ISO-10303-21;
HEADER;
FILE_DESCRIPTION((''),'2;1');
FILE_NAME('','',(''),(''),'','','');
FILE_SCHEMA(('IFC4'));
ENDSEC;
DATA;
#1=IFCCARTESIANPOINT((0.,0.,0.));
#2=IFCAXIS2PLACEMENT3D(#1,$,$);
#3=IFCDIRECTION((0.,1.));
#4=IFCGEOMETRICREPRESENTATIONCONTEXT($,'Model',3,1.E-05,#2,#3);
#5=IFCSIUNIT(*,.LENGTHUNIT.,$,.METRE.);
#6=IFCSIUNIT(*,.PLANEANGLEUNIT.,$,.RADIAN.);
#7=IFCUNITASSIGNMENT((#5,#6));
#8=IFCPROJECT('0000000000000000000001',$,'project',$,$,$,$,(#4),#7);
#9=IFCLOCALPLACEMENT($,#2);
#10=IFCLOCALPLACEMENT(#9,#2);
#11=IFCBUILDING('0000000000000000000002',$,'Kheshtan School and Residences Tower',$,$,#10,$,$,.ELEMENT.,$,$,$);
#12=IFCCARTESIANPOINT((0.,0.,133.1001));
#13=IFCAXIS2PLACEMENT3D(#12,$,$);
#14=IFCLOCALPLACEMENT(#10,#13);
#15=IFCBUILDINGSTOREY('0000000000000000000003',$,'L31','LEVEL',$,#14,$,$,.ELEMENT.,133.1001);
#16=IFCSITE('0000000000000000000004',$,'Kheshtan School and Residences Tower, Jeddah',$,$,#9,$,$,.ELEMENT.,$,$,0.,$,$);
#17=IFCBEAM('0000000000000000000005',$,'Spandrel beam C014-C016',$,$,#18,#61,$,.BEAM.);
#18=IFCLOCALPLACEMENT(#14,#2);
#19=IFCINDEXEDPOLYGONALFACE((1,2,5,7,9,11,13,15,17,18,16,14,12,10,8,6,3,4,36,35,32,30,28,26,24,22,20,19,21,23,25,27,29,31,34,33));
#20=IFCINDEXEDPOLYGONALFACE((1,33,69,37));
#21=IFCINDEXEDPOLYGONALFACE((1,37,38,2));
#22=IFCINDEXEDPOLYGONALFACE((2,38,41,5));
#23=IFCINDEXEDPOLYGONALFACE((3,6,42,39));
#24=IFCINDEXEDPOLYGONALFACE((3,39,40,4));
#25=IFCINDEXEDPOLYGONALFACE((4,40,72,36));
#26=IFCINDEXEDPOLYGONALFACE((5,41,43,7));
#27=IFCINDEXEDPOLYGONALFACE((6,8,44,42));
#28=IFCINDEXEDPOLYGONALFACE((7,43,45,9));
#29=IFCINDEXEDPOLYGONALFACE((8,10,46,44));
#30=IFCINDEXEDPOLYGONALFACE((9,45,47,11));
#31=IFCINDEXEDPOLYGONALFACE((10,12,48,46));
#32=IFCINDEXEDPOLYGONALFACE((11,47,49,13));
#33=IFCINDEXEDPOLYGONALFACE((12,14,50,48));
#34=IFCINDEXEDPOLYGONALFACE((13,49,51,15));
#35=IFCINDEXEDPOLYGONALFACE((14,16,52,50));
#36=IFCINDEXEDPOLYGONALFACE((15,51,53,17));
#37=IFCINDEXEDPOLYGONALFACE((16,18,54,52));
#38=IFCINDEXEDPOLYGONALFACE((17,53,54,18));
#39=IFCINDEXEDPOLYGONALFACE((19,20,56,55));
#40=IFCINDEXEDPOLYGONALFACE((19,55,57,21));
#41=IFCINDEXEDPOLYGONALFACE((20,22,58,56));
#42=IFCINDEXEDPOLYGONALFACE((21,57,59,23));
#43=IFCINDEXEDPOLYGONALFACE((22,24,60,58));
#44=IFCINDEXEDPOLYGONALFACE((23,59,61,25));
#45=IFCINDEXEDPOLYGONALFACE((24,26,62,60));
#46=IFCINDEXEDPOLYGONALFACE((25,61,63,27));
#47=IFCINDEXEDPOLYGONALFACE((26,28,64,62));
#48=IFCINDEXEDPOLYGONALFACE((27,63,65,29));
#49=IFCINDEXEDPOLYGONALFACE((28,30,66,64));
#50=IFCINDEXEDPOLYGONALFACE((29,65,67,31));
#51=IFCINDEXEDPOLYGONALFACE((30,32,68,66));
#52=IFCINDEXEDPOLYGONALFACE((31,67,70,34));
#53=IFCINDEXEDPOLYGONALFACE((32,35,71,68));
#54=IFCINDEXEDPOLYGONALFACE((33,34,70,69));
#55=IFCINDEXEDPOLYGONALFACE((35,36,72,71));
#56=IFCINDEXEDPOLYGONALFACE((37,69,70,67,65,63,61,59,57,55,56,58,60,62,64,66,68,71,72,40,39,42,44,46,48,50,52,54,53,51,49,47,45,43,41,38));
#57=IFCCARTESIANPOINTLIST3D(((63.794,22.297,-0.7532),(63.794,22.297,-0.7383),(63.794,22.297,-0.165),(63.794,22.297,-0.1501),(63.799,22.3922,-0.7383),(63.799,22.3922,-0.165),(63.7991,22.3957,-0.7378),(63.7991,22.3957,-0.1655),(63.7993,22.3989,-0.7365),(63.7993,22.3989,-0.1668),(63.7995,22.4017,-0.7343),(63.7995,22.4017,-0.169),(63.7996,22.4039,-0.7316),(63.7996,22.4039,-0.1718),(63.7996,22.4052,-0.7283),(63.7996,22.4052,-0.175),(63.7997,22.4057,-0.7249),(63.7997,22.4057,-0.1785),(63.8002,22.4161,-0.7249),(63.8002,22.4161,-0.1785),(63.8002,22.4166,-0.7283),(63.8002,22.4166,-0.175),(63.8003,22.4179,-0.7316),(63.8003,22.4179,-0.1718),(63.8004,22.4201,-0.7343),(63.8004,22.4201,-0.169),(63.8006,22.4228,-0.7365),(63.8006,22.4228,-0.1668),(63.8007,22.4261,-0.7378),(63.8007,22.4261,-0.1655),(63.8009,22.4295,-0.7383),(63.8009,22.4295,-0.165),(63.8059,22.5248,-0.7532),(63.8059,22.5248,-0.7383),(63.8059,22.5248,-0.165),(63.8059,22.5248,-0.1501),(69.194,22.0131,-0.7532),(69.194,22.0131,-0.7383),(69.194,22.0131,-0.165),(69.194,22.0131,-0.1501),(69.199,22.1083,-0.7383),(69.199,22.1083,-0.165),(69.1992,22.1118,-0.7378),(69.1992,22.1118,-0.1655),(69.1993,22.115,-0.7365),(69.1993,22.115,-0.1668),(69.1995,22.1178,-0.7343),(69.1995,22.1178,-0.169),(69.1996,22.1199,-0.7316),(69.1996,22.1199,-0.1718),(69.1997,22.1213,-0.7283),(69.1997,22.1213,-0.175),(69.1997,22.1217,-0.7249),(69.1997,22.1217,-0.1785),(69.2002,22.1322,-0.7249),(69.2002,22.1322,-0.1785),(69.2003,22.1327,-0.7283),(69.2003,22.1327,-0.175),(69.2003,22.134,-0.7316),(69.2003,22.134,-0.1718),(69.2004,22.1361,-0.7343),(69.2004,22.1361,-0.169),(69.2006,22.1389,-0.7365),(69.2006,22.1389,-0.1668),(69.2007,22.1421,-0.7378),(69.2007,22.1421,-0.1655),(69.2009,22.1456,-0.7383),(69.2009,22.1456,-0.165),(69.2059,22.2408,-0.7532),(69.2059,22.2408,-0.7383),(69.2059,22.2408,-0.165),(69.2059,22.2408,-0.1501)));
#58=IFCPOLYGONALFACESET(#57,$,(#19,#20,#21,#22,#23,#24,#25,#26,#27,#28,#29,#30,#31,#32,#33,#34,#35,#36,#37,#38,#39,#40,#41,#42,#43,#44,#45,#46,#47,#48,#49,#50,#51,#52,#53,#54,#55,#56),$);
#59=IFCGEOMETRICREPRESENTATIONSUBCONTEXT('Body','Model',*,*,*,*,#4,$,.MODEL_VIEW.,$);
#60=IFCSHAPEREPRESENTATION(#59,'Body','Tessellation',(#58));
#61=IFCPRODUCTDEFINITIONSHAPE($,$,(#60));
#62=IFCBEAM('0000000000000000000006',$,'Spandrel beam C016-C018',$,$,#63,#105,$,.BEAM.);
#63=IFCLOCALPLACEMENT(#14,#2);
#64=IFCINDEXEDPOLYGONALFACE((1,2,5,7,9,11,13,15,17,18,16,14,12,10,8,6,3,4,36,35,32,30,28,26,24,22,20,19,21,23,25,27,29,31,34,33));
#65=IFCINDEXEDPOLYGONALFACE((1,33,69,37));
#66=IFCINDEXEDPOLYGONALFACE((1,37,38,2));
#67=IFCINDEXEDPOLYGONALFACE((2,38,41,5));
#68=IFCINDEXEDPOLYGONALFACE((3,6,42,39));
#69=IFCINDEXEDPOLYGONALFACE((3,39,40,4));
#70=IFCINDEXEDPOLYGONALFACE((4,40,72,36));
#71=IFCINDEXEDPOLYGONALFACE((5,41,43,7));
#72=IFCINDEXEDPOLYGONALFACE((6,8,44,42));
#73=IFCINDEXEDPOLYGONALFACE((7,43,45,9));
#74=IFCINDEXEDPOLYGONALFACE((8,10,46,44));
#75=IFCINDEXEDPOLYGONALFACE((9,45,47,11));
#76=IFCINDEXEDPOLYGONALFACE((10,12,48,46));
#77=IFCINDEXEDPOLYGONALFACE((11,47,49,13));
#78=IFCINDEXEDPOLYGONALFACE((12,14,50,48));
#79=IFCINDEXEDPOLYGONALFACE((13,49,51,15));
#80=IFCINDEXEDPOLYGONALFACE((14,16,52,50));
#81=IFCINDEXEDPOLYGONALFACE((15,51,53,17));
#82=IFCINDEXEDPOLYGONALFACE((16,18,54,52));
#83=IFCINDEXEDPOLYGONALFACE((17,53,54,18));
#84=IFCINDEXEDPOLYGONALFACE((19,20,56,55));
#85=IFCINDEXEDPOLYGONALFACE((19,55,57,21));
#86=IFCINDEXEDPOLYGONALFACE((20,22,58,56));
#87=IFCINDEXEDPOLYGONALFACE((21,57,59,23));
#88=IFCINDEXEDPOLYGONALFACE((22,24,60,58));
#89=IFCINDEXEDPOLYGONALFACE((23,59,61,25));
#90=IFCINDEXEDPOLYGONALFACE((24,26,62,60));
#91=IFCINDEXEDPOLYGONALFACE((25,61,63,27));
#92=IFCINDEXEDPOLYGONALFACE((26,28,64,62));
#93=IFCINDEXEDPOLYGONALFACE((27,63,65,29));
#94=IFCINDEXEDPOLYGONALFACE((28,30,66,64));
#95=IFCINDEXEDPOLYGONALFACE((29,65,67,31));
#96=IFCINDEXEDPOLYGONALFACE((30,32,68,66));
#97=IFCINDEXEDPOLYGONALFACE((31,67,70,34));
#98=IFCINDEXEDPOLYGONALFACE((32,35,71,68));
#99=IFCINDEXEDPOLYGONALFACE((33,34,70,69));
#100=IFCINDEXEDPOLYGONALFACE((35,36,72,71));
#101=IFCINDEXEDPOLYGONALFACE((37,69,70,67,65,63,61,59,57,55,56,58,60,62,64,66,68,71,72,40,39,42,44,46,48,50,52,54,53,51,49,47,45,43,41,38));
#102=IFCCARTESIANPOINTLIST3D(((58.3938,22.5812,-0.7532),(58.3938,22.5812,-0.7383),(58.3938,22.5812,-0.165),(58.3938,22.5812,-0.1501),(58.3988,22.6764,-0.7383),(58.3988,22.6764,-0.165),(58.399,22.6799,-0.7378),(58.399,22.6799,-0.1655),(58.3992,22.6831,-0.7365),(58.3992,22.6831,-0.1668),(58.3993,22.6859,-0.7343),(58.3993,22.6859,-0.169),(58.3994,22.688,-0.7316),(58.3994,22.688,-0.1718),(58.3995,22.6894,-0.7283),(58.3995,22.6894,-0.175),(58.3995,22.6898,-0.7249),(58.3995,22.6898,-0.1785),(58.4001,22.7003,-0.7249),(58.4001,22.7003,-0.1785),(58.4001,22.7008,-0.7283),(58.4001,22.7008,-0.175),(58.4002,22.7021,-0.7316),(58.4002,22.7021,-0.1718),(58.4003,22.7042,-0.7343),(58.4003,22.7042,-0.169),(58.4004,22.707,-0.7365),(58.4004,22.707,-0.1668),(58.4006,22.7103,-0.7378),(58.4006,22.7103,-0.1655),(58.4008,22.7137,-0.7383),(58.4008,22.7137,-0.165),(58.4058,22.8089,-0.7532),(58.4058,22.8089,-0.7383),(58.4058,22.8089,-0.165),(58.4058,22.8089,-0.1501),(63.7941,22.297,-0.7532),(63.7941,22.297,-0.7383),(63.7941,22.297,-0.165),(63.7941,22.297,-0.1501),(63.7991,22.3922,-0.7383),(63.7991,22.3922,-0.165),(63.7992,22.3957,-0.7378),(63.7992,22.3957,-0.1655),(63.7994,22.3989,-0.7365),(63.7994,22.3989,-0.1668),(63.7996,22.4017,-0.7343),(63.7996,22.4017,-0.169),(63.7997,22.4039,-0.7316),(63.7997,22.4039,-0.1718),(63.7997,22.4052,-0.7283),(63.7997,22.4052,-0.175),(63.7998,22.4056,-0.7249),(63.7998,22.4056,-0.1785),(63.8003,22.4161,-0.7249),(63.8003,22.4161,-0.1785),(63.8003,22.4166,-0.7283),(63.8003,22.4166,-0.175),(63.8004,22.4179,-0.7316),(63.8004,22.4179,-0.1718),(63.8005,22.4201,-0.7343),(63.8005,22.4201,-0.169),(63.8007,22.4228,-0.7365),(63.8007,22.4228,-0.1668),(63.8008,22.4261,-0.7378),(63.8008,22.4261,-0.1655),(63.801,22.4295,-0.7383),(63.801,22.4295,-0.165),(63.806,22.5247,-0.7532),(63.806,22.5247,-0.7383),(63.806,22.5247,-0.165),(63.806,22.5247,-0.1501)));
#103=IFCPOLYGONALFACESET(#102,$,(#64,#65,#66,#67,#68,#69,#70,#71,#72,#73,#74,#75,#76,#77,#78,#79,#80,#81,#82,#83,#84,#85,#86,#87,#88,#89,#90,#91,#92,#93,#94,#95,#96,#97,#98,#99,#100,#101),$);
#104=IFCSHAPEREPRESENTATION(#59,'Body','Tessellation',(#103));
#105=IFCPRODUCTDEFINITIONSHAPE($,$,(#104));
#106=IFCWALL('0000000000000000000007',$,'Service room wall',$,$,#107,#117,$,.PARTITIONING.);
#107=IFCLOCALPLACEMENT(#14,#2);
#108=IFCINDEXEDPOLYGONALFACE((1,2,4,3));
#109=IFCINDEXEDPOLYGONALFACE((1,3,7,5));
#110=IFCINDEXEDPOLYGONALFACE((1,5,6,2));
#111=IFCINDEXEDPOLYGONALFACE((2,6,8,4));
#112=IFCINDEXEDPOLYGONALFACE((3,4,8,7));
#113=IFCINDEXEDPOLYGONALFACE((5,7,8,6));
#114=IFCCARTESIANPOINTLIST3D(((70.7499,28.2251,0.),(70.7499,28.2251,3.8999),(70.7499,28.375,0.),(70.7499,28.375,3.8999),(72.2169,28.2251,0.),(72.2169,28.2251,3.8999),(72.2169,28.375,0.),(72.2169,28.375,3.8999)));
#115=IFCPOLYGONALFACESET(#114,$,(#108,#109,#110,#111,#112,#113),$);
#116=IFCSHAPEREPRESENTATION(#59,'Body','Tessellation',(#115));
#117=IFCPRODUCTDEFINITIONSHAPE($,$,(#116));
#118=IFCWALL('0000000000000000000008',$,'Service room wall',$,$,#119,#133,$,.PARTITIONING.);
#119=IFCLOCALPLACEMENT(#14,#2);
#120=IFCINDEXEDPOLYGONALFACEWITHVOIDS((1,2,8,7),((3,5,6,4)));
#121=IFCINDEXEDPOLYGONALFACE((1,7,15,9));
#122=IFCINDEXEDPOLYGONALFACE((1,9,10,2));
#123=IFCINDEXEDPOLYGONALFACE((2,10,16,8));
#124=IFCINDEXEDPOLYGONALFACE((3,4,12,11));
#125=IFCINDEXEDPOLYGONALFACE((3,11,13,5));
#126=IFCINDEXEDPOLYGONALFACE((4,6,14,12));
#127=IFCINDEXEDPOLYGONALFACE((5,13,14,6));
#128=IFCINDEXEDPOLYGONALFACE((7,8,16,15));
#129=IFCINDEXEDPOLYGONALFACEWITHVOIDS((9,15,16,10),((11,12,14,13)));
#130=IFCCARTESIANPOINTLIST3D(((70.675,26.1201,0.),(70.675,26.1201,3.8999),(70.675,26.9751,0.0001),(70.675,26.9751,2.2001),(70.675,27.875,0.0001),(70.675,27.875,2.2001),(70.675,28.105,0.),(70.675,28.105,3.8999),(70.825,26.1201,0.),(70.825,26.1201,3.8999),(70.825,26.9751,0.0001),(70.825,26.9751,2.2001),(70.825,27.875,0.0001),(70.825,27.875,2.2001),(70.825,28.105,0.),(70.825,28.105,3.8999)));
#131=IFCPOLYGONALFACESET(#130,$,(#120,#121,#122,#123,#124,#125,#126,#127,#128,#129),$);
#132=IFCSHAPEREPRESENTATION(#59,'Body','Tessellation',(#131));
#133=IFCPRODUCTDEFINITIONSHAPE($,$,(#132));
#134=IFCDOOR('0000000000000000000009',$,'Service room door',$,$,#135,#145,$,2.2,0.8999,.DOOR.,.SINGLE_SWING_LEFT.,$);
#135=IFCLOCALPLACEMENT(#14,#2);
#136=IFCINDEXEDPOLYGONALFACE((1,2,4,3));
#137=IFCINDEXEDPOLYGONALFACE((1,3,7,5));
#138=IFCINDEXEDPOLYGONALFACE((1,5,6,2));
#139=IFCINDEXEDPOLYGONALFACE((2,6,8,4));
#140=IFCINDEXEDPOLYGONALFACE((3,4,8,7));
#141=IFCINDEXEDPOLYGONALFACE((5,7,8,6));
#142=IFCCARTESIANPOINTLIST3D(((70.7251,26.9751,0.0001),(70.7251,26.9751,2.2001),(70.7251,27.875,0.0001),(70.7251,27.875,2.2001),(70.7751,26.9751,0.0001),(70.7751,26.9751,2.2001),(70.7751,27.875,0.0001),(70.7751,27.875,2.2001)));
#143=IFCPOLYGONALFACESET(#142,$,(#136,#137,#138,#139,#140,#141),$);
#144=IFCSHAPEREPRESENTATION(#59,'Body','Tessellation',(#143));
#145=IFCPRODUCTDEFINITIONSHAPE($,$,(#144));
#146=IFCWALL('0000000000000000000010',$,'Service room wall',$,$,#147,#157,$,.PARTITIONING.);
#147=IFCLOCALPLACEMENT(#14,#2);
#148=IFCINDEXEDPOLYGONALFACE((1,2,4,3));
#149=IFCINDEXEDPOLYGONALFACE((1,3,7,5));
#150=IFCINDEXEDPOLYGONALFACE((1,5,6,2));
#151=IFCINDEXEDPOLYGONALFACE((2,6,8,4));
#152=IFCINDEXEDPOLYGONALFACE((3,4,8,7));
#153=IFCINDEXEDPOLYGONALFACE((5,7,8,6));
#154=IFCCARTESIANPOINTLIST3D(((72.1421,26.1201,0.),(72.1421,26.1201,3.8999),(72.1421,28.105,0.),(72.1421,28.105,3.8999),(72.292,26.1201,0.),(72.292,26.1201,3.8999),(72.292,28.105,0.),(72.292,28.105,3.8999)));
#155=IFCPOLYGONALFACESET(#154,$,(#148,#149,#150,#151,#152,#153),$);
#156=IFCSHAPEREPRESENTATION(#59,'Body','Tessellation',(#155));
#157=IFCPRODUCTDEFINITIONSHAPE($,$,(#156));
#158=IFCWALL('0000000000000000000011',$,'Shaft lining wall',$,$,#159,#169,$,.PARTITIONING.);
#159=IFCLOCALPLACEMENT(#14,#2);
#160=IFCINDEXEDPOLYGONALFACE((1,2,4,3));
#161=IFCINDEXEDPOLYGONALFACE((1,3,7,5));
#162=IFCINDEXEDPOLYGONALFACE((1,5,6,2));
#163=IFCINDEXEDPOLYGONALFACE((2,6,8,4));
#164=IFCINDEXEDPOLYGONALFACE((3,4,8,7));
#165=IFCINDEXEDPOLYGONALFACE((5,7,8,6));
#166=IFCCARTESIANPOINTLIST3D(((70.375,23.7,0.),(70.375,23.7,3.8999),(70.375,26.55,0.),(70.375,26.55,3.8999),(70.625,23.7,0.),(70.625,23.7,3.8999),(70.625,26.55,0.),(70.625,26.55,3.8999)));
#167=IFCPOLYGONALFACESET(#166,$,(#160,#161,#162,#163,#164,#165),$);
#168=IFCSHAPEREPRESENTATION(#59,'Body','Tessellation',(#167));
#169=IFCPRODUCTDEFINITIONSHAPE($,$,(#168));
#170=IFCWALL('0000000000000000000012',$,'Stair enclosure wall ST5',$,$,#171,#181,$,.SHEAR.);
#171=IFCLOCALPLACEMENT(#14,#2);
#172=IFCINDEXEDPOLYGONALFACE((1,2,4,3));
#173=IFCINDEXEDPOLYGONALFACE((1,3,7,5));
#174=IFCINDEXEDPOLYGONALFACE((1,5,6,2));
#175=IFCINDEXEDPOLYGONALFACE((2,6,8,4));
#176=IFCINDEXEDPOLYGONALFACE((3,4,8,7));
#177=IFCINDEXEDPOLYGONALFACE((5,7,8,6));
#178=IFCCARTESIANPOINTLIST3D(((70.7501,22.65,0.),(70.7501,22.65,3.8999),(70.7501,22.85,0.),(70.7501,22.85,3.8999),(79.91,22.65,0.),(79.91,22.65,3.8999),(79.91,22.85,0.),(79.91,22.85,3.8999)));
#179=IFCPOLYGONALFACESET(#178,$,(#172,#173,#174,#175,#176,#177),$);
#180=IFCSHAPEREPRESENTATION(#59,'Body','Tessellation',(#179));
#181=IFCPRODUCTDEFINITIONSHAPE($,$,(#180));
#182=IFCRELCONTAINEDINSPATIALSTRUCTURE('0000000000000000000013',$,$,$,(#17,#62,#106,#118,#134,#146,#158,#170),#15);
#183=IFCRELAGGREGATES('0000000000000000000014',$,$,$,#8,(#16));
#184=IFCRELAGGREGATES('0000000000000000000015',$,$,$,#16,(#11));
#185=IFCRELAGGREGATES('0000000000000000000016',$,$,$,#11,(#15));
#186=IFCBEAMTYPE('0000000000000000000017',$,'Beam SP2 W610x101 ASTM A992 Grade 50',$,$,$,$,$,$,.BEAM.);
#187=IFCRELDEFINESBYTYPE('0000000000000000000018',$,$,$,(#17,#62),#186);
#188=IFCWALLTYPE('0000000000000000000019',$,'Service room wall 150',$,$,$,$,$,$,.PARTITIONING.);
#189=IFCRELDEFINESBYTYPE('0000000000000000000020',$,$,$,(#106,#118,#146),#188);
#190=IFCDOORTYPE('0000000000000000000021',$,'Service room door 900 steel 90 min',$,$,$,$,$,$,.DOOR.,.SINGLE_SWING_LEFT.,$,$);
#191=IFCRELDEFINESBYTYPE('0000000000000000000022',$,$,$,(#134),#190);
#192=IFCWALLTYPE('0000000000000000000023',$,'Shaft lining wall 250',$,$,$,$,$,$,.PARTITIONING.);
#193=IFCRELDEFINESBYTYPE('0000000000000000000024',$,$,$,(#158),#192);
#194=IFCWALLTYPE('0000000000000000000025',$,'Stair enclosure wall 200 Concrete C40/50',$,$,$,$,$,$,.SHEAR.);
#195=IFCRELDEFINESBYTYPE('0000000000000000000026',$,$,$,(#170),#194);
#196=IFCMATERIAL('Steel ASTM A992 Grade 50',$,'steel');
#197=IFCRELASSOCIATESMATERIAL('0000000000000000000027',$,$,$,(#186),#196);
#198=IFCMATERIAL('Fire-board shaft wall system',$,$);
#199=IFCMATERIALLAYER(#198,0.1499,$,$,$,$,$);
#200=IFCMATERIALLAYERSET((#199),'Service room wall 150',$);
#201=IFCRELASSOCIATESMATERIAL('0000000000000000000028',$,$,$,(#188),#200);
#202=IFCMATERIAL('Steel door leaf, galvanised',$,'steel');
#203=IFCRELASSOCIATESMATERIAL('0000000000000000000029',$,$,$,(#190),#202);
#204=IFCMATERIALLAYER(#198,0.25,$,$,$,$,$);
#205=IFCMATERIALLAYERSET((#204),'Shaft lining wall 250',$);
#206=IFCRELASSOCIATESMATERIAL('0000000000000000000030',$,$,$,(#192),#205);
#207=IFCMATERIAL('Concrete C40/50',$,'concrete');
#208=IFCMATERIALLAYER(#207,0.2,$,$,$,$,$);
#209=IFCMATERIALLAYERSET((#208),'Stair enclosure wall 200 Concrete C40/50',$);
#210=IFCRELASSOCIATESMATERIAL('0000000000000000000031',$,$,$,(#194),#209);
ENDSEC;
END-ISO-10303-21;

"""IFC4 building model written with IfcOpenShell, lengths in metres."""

from ifc_helpers import new_model, si_unit, direction, frame, frame_2d, origin, origin_2d, place, context, subcontext, project, spatial, rectangle, i_section, extrude, source, transform, mapped, material, layer, layer_set, material_profile, profile_set, type_object, element, fill, save


model = new_model("IFC4")

# Units and contexts
model_context = context("Model", 3, precision=1e-05, world=origin(), true_north=direction((0.0, 1.0)))
body_context = subcontext(model_context, "Body", "Model", "MODEL_VIEW")
ifc_project = project(units=[si_unit("LENGTHUNIT", "METRE"), si_unit("PLANEANGLEUNIT", "RADIAN")], contexts=[model_context])

# Site, building, storey
site_placement = place(None, origin())
site = spatial("IfcSite", under=ifc_project, at=site_placement, Name="Kheshtan School and Residences Tower, Jeddah", CompositionType="ELEMENT", RefElevation=0.0)
building_placement = place(site_placement, origin())
building = spatial("IfcBuilding", under=site, at=building_placement, Name="Kheshtan School and Residences Tower", CompositionType="ELEMENT")
storey_placement = place(building_placement, frame((0.0, 0.0, 133.1001)))
storey = spatial("IfcBuildingStorey", under=building, at=storey_placement, Name="L31", Description="LEVEL", CompositionType="ELEMENT", Elevation=133.1001)

# Shared definitions
ifc_material_1 = material(Name="Steel ASTM A992 Grade 50", Category="steel")

# Beams
ifc_material_profile_1 = material_profile(ifc_material_1, i_section(OverallWidth=0.228, OverallDepth=0.603, WebThickness=0.0105, FlangeThickness=0.0149, FilletRadius=0.0134, at=origin_2d()), Name="W610x101")
ifc_profile_set_1 = profile_set([ifc_material_profile_1], Name="Steel ASTM A992 Grade 50")
beam_type_1 = type_object("IfcBeamType", Name="Beam SP2 W610x101 ASTM A992 Grade 50", PredefinedType="BEAM", material=ifc_profile_set_1)
beam_1_placement = place(storey_placement, frame((69.2, 22.127, -0.4517), z_axis=(-0.99862, 0.052509, 0.0), x_axis=(-0.052509, -0.99862, 0.0)))
element("IfcBeam", 1, at=beam_1_placement, inside=storey, type_object=beam_type_1, Name="Spandrel beam C014-C016", PredefinedType="BEAM", context=body_context, shape_type="SweptSolid", body=[
    extrude(i_section(OverallWidth=0.228, OverallDepth=0.603, WebThickness=0.0105, FlangeThickness=0.0149, FilletRadius=0.0134, at=origin_2d()), origin(), (0.0, 0.0, 1.0), 5.4075),
])
beam_2_placement = place(storey_placement, frame((63.8, 22.4109, -0.4517), z_axis=(-0.998618, 0.052552, 0.0), x_axis=(-0.052552, -0.998618, 0.0)))
element("IfcBeam", 2, at=beam_2_placement, inside=storey, type_object=beam_type_1, Name="Spandrel beam C016-C018", PredefinedType="BEAM", context=body_context, shape_type="SweptSolid", body=[
    extrude(i_section(OverallWidth=0.228, OverallDepth=0.603, WebThickness=0.0105, FlangeThickness=0.0149, FilletRadius=0.0134, at=origin_2d()), origin(), (0.0, 0.0, 1.0), 5.4077),
])

# Wall
ifc_material_2 = material(Name="Fire-board shaft wall system")
ifc_layer_1 = layer(ifc_material_2, 0.1499)
ifc_layer_set_1 = layer_set([ifc_layer_1], Name="Service room wall 150")
wall_type_1 = type_object("IfcWallType", Name="Service room wall 150", PredefinedType="PARTITIONING", material=ifc_layer_set_1)
wall_1_placement = place(storey_placement, frame((70.75, 28.3, 0.0), z_axis=(0.0, 0.0, 1.0), x_axis=(1.0, 0.0, 0.0)))
element("IfcWall", 3, at=wall_1_placement, inside=storey, type_object=wall_type_1, Name="Service room wall", PredefinedType="PARTITIONING", context=body_context, shape_type="SweptSolid", body=[
    extrude(rectangle(XDim=1.467, YDim=0.1499, at=frame_2d((0.7334, 0.0))), origin(), (0.0, 0.0, 1.0), 3.8999),
])

# Wall, opening, door
wall_2_placement = place(storey_placement, frame((70.75, 26.1201, 0.0), z_axis=(0.0, 0.0, 1.0), x_axis=(0.0, 1.0, 0.0)))
wall_2 = element("IfcWall", 4, at=wall_2_placement, inside=storey, type_object=wall_type_1, Name="Service room wall", PredefinedType="PARTITIONING", context=body_context, shape_type="SweptSolid", body=[
    extrude(rectangle(XDim=1.9849, YDim=0.1499, at=frame_2d((0.9924, 0.0))), origin(), (0.0, 0.0, 1.0), 3.8999),
])
opening_1_placement = place(wall_2_placement, frame((0.855, 0.0, 0.0)))
opening_1 = element("IfcOpeningElement", 5, at=opening_1_placement, cuts=wall_2, PredefinedType="OPENING", context=body_context, shape_type="SweptSolid", body=[
    extrude(rectangle(XDim=0.8999, YDim=2.2, at=frame_2d((0.45, 1.1001))), frame((0.0, 0.085, 0.0), z_axis=(0.0, -1.0, 0.0), x_axis=(1.0, 0.0, 0.0)), (0.0, 0.0, 1.0), 0.1699),
])
ifc_material_3 = material(Name="Steel door leaf, galvanised", Category="steel")
door_type_1 = type_object("IfcDoorType", Name="Service room door 900 steel 90 min", OperationType="SINGLE_SWING_LEFT", PredefinedType="DOOR", material=ifc_material_3)
shared_shape_1 = source(origin(), body_context, "Body", "SweptSolid", [
    extrude(rectangle(XDim=0.8999, YDim=2.2, at=frame_2d((0.45, 1.1001))), frame((0.0, 0.0249, 0.0), z_axis=(0.0, -1.0, 0.0), x_axis=(1.0, 0.0, 0.0)), (0.0, 0.0, 1.0), 0.05),
])
door_1_placement = place(opening_1_placement, origin())
door_1 = element("IfcDoor", 6, at=door_1_placement, inside=storey, type_object=door_type_1, Name="Service room door", OperationType="SINGLE_SWING_LEFT", OverallHeight=2.2, OverallWidth=0.8999, PredefinedType="DOOR", context=body_context, shape_type="MappedRepresentation", body=[
    mapped(shared_shape_1, transform((0.0, 0.0, 0.0), x_axis=(1.0, 0.0, 0.0), y_axis=(0.0, 1.0, 0.0), z_axis=(0.0, 0.0, 1.0), scale=1.0)),
])
fill(opening_1, door_1)

# Walls
wall_3_placement = place(storey_placement, frame((72.217, 26.1201, 0.0), z_axis=(0.0, 0.0, 1.0), x_axis=(0.0, 1.0, 0.0)))
element("IfcWall", 7, at=wall_3_placement, inside=storey, type_object=wall_type_1, Name="Service room wall", PredefinedType="PARTITIONING", context=body_context, shape_type="SweptSolid", body=[
    extrude(rectangle(XDim=1.9849, YDim=0.1499, at=frame_2d((0.9924, 0.0))), origin(), (0.0, 0.0, 1.0), 3.8999),
])
ifc_layer_2 = layer(ifc_material_2, 0.25)
ifc_layer_set_2 = layer_set([ifc_layer_2], Name="Shaft lining wall 250")
wall_type_2 = type_object("IfcWallType", Name="Shaft lining wall 250", PredefinedType="PARTITIONING", material=ifc_layer_set_2)
wall_4_placement = place(storey_placement, frame((70.5, 23.7, 0.0), z_axis=(0.0, 0.0, 1.0), x_axis=(0.0, 1.0, 0.0)))
element("IfcWall", 8, at=wall_4_placement, inside=storey, type_object=wall_type_2, Name="Shaft lining wall", PredefinedType="PARTITIONING", context=body_context, shape_type="SweptSolid", body=[
    extrude(rectangle(XDim=2.8501, YDim=0.25, at=frame_2d((1.425, 0.0))), origin(), (0.0, 0.0, 1.0), 3.8999),
])
ifc_material_4 = material(Name="Concrete C40/50", Category="concrete")
ifc_layer_3 = layer(ifc_material_4, 0.2)
ifc_layer_set_3 = layer_set([ifc_layer_3], Name="Stair enclosure wall 200 Concrete C40/50")
wall_type_3 = type_object("IfcWallType", Name="Stair enclosure wall 200 Concrete C40/50", PredefinedType="SHEAR", material=ifc_layer_set_3)
wall_5_placement = place(storey_placement, frame((70.75, 22.75, 0.0), z_axis=(0.0, 0.0, 1.0), x_axis=(1.0, 0.0, 0.0)))
element("IfcWall", 9, at=wall_5_placement, inside=storey, type_object=wall_type_3, Name="Stair enclosure wall ST5", PredefinedType="SHEAR", context=body_context, shape_type="SweptSolid", body=[
    extrude(rectangle(XDim=9.1599, YDim=0.2, at=frame_2d((4.5801, 0.0))), origin(), (0.0, 0.0, 1.0), 3.8999),
])

save(model, "model.ifc")
